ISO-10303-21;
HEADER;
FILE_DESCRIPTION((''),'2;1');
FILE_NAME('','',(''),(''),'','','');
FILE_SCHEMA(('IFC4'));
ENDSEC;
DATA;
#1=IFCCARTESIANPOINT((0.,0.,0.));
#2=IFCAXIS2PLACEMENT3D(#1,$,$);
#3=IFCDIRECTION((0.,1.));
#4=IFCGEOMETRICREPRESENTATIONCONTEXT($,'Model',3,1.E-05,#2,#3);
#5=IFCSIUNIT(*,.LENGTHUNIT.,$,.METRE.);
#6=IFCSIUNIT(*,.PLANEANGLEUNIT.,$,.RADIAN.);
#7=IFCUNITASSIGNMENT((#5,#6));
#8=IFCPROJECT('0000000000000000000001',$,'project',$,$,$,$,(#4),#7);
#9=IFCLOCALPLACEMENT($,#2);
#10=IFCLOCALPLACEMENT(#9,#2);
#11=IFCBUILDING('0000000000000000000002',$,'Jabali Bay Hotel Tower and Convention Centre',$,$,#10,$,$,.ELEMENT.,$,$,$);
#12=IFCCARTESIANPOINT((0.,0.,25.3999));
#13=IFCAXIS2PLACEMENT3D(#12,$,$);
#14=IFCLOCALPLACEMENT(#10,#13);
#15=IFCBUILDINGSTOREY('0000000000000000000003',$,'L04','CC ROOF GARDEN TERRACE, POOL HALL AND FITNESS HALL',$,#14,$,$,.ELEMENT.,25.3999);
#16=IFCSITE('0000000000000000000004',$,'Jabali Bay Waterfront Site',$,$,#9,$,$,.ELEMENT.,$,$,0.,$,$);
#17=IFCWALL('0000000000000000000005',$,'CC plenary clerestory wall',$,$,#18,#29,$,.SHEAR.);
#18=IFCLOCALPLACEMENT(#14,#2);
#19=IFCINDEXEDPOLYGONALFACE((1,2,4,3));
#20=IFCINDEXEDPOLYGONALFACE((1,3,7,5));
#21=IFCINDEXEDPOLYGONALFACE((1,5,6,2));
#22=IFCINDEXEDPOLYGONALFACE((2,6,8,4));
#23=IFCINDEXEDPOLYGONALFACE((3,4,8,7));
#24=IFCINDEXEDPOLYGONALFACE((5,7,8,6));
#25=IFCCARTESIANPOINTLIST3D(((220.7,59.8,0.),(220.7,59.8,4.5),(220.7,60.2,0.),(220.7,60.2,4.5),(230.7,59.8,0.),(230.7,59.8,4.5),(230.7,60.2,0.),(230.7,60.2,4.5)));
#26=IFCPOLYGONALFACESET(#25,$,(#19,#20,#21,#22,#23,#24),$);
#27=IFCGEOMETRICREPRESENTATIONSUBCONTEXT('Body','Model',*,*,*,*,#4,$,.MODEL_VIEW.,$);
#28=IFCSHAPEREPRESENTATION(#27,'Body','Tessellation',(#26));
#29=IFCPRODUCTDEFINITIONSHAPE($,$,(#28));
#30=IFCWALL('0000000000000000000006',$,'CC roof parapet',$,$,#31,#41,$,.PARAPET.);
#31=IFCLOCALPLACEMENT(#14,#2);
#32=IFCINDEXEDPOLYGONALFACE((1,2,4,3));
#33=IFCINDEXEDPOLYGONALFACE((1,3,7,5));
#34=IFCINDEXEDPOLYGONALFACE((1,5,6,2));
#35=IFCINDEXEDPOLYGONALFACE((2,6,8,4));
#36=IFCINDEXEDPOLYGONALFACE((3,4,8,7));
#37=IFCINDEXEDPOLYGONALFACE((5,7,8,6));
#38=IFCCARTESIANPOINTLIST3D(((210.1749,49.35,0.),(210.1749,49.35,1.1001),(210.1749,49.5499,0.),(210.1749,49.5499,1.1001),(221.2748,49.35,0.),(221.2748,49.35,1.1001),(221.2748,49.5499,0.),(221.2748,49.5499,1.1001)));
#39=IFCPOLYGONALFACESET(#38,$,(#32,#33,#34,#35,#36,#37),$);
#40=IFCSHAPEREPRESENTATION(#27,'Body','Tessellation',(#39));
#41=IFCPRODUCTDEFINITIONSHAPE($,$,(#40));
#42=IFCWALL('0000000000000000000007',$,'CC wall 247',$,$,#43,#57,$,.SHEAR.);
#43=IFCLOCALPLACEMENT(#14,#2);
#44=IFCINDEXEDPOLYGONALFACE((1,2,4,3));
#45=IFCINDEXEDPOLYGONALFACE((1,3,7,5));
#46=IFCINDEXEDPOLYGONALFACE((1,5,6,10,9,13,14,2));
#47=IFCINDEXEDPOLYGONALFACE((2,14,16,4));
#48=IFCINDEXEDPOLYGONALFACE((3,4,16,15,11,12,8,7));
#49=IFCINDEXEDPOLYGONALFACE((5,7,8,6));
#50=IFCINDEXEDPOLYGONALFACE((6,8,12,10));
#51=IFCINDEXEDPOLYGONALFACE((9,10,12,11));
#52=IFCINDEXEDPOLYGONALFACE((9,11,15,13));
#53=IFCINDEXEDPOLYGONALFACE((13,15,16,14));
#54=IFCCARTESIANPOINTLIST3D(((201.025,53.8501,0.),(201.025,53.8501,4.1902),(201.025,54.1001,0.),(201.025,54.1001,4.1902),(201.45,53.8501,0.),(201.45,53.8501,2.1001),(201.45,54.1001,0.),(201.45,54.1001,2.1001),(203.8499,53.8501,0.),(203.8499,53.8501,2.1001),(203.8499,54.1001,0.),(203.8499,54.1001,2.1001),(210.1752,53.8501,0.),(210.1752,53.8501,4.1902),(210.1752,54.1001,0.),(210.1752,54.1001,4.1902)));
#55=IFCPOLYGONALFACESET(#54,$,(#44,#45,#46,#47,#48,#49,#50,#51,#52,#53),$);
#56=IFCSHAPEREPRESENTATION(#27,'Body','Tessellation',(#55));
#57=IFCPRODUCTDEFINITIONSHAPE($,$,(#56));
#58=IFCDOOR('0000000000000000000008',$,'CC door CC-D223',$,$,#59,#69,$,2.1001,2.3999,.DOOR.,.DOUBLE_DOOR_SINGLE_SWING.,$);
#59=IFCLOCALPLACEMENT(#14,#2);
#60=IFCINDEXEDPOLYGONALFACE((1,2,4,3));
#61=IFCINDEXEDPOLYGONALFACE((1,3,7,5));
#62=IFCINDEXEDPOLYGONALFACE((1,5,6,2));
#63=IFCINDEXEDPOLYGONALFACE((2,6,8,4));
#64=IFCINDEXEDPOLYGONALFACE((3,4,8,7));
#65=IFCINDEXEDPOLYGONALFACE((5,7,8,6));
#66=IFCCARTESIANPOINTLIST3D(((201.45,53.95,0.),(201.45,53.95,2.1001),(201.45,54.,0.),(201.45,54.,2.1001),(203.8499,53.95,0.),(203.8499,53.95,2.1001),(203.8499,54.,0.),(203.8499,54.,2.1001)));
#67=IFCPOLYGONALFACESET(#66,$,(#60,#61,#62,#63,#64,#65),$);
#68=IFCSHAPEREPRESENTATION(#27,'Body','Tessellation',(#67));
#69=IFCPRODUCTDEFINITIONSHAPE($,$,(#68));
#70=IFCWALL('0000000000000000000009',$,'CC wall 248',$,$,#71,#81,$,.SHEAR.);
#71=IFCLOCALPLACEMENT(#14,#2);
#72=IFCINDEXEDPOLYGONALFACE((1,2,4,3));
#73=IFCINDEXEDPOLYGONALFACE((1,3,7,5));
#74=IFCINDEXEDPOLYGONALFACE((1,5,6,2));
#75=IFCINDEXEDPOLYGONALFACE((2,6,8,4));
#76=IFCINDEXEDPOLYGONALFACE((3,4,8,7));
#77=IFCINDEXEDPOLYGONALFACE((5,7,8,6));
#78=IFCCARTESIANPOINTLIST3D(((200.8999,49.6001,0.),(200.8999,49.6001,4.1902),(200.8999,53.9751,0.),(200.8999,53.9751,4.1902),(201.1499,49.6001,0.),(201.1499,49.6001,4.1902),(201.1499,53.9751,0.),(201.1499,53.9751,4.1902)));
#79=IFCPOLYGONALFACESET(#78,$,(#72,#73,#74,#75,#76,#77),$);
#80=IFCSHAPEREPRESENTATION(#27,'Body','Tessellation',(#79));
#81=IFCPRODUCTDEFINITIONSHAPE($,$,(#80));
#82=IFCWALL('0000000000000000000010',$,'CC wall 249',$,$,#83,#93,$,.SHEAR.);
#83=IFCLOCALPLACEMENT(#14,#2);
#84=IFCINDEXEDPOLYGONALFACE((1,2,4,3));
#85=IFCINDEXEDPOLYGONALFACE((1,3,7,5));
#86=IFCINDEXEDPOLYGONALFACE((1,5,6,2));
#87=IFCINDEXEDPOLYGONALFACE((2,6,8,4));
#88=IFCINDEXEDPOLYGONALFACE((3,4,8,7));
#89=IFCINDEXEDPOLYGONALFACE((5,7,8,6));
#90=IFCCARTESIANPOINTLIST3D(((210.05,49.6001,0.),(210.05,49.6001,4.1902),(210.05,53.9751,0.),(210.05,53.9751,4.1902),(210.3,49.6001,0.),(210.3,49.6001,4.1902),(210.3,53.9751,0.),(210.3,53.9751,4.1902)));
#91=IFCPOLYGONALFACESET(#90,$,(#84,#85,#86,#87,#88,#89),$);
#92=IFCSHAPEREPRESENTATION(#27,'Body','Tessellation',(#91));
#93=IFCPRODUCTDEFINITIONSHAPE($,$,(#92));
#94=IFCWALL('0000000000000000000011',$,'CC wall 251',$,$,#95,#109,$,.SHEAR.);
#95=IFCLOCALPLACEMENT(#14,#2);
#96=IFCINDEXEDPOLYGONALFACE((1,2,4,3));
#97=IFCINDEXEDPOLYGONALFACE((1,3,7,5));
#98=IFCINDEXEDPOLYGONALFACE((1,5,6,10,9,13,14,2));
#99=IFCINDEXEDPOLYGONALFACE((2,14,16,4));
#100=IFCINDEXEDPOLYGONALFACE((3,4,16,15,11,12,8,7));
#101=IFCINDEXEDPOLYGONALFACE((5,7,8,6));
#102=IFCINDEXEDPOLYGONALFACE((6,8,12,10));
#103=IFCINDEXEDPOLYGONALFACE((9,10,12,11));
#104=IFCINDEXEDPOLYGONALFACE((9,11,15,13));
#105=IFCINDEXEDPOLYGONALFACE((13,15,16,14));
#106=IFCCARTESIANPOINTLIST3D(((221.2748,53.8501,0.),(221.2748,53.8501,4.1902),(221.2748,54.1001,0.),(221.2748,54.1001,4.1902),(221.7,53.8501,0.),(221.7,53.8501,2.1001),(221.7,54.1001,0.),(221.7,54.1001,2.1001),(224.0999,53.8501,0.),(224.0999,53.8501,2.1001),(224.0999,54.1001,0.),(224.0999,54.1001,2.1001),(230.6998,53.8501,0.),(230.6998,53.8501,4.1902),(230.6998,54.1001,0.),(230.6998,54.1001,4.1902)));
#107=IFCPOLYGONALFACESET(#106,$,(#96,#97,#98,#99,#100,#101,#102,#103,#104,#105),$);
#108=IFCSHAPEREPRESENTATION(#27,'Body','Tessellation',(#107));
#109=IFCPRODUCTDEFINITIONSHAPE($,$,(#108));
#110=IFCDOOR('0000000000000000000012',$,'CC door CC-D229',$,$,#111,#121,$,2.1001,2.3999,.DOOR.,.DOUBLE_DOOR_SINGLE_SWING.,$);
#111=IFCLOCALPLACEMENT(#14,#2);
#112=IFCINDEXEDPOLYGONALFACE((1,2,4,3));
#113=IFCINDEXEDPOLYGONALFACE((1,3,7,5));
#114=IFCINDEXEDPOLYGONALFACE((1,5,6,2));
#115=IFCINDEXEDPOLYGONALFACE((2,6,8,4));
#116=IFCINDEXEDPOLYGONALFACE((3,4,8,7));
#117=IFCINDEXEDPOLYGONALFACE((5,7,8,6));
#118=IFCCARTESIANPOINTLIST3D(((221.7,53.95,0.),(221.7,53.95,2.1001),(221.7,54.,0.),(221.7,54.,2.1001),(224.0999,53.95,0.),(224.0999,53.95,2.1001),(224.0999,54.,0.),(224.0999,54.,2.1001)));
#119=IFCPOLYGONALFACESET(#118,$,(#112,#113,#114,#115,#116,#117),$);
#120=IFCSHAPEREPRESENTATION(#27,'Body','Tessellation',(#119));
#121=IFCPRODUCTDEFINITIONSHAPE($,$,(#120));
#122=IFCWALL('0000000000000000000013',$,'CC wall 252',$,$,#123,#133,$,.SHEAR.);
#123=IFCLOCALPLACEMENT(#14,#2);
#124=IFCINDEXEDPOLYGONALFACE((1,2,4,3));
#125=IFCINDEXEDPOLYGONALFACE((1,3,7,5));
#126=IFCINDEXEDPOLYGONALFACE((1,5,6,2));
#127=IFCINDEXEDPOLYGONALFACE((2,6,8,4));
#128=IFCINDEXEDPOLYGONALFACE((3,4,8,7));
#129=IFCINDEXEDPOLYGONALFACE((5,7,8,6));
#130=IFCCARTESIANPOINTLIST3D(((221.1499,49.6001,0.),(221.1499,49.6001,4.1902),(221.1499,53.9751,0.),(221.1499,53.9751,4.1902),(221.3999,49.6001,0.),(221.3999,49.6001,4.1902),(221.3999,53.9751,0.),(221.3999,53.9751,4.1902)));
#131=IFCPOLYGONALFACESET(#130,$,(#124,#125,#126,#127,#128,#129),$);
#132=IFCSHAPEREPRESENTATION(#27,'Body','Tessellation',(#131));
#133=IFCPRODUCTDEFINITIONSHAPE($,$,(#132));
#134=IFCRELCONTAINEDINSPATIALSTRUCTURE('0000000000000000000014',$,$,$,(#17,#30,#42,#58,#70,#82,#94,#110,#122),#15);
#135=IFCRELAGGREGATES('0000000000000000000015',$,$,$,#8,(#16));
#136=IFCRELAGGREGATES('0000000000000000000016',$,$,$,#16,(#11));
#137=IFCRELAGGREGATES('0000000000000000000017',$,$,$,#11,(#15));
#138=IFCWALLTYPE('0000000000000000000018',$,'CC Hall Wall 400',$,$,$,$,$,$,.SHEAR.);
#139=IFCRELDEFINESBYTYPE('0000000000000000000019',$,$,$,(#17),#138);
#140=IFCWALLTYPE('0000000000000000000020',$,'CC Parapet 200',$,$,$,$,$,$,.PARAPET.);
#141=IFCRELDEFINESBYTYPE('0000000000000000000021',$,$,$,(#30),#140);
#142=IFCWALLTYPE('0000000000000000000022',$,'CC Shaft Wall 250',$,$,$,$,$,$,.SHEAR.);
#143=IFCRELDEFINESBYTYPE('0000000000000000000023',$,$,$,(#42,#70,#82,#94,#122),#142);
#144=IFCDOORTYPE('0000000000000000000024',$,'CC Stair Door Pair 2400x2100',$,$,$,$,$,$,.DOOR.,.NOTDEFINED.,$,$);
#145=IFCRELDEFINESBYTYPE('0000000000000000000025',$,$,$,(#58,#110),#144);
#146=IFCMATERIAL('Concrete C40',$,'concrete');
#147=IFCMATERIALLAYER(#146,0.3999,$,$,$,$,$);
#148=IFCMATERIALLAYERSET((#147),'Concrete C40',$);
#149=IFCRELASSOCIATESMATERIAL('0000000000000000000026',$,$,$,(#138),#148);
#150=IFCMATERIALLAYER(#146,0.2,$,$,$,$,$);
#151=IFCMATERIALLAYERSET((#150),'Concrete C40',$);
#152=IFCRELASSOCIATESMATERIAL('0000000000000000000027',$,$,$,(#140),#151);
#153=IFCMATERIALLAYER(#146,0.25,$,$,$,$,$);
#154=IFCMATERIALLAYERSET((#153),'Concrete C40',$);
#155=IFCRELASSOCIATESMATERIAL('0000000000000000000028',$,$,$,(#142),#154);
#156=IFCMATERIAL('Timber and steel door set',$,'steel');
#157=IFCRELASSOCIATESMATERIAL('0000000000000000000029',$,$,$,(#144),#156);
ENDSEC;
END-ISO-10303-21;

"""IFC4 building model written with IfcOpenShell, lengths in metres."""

from ifc_helpers import new_model, si_unit, direction, frame, frame_2d, origin, place, context, subcontext, project, spatial, rectangle, extrude, material, layer, layer_set, type_object, element, fill, save


model = new_model("IFC4")

# Units and contexts
model_context = context("Model", 3, precision=1e-05, world=origin(), true_north=direction((0.0, 1.0)))
body_context = subcontext(model_context, "Body", "Model", "MODEL_VIEW")
ifc_project = project(units=[si_unit("LENGTHUNIT", "METRE"), si_unit("PLANEANGLEUNIT", "RADIAN")], contexts=[model_context])

# Site, building, storey
site_placement = place(None, origin())
site = spatial("IfcSite", under=ifc_project, at=site_placement, Name="Jabali Bay Waterfront Site", CompositionType="ELEMENT", RefElevation=0.0)
building_placement = place(site_placement, origin())
building = spatial("IfcBuilding", under=site, at=building_placement, Name="Jabali Bay Hotel Tower and Convention Centre", CompositionType="ELEMENT")
storey_placement = place(building_placement, frame((0.0, 0.0, 25.3999)))
storey = spatial("IfcBuildingStorey", under=building, at=storey_placement, Name="L04", Description="CC ROOF GARDEN TERRACE, POOL HALL AND FITNESS HALL", CompositionType="ELEMENT", Elevation=25.3999)

# Walls
ifc_material_1 = material(Name="Concrete C40", Category="concrete")
ifc_layer_1 = layer(ifc_material_1, 0.3999)
ifc_layer_set_1 = layer_set([ifc_layer_1], Name="Concrete C40")
wall_type_1 = type_object("IfcWallType", Name="CC Hall Wall 400", PredefinedType="SHEAR", material=ifc_layer_set_1)
wall_1_placement = place(storey_placement, frame((220.7, 60.0, 0.0), z_axis=(0.0, 0.0, 1.0), x_axis=(1.0, 0.0, 0.0)))
element("IfcWall", 1, at=wall_1_placement, inside=storey, type_object=wall_type_1, Name="CC plenary clerestory wall", PredefinedType="SHEAR", context=body_context, shape_type="SweptSolid", body=[
    extrude(rectangle(XDim=10.0, YDim=0.3999, at=frame_2d((5.0, 0.0))), origin(), (0.0, 0.0, 1.0), 4.5),
])
ifc_layer_2 = layer(ifc_material_1, 0.2)
ifc_layer_set_2 = layer_set([ifc_layer_2], Name="Concrete C40")
wall_type_2 = type_object("IfcWallType", Name="CC Parapet 200", PredefinedType="PARAPET", material=ifc_layer_set_2)
wall_2_placement = place(storey_placement, frame((210.175, 49.45, 0.0), z_axis=(0.0, 0.0, 1.0), x_axis=(1.0, 0.0, 0.0)))
element("IfcWall", 2, at=wall_2_placement, inside=storey, type_object=wall_type_2, Name="CC roof parapet", PredefinedType="PARAPET", context=body_context, shape_type="SweptSolid", body=[
    extrude(rectangle(XDim=11.0999, YDim=0.2, at=frame_2d((5.5498, 0.0))), origin(), (0.0, 0.0, 1.0), 1.1001),
])

# Wall, opening, door
ifc_layer_3 = layer(ifc_material_1, 0.25)
ifc_layer_set_3 = layer_set([ifc_layer_3], Name="Concrete C40")
wall_type_3 = type_object("IfcWallType", Name="CC Shaft Wall 250", PredefinedType="SHEAR", material=ifc_layer_set_3)
wall_3_placement = place(storey_placement, frame((201.0249, 53.9751, 0.0), z_axis=(0.0, 0.0, 1.0), x_axis=(1.0, 0.0, 0.0)))
wall_3 = element("IfcWall", 3, at=wall_3_placement, inside=storey, type_object=wall_type_3, Name="CC wall 247", PredefinedType="SHEAR", context=body_context, shape_type="SweptSolid", body=[
    extrude(rectangle(XDim=9.1501, YDim=0.25, at=frame_2d((4.5752, 0.0))), origin(), (0.0, 0.0, 1.0), 4.1902),
])
opening_1_placement = place(wall_3_placement, frame((0.425, 0.0, 0.0)))
opening_1 = element("IfcOpeningElement", 4, at=opening_1_placement, cuts=wall_3, PredefinedType="OPENING", context=body_context, shape_type="SweptSolid", body=[
    extrude(rectangle(XDim=2.3999, YDim=2.1001, at=frame_2d((1.2, 1.05))), frame((0.0, 0.1355, 0.0), z_axis=(0.0, -1.0, 0.0), x_axis=(1.0, 0.0, 0.0)), (0.0, 0.0, 1.0), 0.271),
])
ifc_material_2 = material(Name="Timber and steel door set", Category="steel")
door_type = type_object("IfcDoorType", Name="CC Stair Door Pair 2400x2100", OperationType="NOTDEFINED", PredefinedType="DOOR", material=ifc_material_2)
door_1_placement = place(opening_1_placement, origin())
door_1 = element("IfcDoor", 5, at=door_1_placement, inside=storey, type_object=door_type, Name="CC door CC-D223", OperationType="DOUBLE_DOOR_SINGLE_SWING", OverallHeight=2.1001, OverallWidth=2.3999, PredefinedType="DOOR", context=body_context, shape_type="SweptSolid", body=[
    extrude(rectangle(XDim=2.3999, YDim=2.1001, at=frame_2d((1.2, 1.05))), frame((0.0, 0.0249, 0.0), z_axis=(0.0, -1.0, 0.0), x_axis=(1.0, 0.0, 0.0)), (0.0, 0.0, 1.0), 0.05),
])
fill(opening_1, door_1)

# Walls
for number, where, z_axis, x_axis, name in (
    (6, (201.0249, 49.6001, 0.0), (0.0, 0.0, 1.0), (0.0, 1.0, 0.0), "CC wall 248"),
    (7, (210.175, 49.6001, 0.0), (0.0, 0.0, 1.0), (0.0, 1.0, 0.0), "CC wall 249"),
):
    element("IfcWall", number, at=place(storey_placement, frame(where, z_axis=z_axis, x_axis=x_axis)), inside=storey, type_object=wall_type_3, Name=name, PredefinedType="SHEAR", context=body_context, shape_type="SweptSolid", body=[
        extrude(rectangle(XDim=4.375, YDim=0.25, at=frame_2d((2.1875, 0.0))), origin(), (0.0, 0.0, 1.0), 4.1902),
    ])

# Wall, opening, door
wall_4_placement = place(storey_placement, frame((221.2749, 53.9751, 0.0), z_axis=(0.0, 0.0, 1.0), x_axis=(1.0, 0.0, 0.0)))
wall_4 = element("IfcWall", 8, at=wall_4_placement, inside=storey, type_object=wall_type_3, Name="CC wall 251", PredefinedType="SHEAR", context=body_context, shape_type="SweptSolid", body=[
    extrude(rectangle(XDim=9.425, YDim=0.25, at=frame_2d((4.7124, 0.0))), origin(), (0.0, 0.0, 1.0), 4.1902),
])
opening_2_placement = place(wall_4_placement, frame((0.425, 0.0, 0.0)))
opening_2 = element("IfcOpeningElement", 9, at=opening_2_placement, cuts=wall_4, PredefinedType="OPENING", context=body_context, shape_type="SweptSolid", body=[
    extrude(rectangle(XDim=2.3999, YDim=2.1001, at=frame_2d((1.2, 1.05))), frame((0.0, 0.1355, 0.0), z_axis=(0.0, -1.0, 0.0), x_axis=(1.0, 0.0, 0.0)), (0.0, 0.0, 1.0), 0.271),
])
door_2_placement = place(opening_2_placement, origin())
door_2 = element("IfcDoor", 10, at=door_2_placement, inside=storey, type_object=door_type, Name="CC door CC-D229", OperationType="DOUBLE_DOOR_SINGLE_SWING", OverallHeight=2.1001, OverallWidth=2.3999, PredefinedType="DOOR", context=body_context, shape_type="SweptSolid", body=[
    extrude(rectangle(XDim=2.3999, YDim=2.1001, at=frame_2d((1.2, 1.05))), frame((0.0, 0.0249, 0.0), z_axis=(0.0, -1.0, 0.0), x_axis=(1.0, 0.0, 0.0)), (0.0, 0.0, 1.0), 0.05),
])
fill(opening_2, door_2)

# Wall
wall_5_placement = place(storey_placement, frame((221.2749, 49.6001, 0.0), z_axis=(0.0, 0.0, 1.0), x_axis=(0.0, 1.0, 0.0)))
element("IfcWall", 11, at=wall_5_placement, inside=storey, type_object=wall_type_3, Name="CC wall 252", PredefinedType="SHEAR", context=body_context, shape_type="SweptSolid", body=[
    extrude(rectangle(XDim=4.375, YDim=0.25, at=frame_2d((2.1875, 0.0))), origin(), (0.0, 0.0, 1.0), 4.1902),
])

save(model, "model.ifc")
